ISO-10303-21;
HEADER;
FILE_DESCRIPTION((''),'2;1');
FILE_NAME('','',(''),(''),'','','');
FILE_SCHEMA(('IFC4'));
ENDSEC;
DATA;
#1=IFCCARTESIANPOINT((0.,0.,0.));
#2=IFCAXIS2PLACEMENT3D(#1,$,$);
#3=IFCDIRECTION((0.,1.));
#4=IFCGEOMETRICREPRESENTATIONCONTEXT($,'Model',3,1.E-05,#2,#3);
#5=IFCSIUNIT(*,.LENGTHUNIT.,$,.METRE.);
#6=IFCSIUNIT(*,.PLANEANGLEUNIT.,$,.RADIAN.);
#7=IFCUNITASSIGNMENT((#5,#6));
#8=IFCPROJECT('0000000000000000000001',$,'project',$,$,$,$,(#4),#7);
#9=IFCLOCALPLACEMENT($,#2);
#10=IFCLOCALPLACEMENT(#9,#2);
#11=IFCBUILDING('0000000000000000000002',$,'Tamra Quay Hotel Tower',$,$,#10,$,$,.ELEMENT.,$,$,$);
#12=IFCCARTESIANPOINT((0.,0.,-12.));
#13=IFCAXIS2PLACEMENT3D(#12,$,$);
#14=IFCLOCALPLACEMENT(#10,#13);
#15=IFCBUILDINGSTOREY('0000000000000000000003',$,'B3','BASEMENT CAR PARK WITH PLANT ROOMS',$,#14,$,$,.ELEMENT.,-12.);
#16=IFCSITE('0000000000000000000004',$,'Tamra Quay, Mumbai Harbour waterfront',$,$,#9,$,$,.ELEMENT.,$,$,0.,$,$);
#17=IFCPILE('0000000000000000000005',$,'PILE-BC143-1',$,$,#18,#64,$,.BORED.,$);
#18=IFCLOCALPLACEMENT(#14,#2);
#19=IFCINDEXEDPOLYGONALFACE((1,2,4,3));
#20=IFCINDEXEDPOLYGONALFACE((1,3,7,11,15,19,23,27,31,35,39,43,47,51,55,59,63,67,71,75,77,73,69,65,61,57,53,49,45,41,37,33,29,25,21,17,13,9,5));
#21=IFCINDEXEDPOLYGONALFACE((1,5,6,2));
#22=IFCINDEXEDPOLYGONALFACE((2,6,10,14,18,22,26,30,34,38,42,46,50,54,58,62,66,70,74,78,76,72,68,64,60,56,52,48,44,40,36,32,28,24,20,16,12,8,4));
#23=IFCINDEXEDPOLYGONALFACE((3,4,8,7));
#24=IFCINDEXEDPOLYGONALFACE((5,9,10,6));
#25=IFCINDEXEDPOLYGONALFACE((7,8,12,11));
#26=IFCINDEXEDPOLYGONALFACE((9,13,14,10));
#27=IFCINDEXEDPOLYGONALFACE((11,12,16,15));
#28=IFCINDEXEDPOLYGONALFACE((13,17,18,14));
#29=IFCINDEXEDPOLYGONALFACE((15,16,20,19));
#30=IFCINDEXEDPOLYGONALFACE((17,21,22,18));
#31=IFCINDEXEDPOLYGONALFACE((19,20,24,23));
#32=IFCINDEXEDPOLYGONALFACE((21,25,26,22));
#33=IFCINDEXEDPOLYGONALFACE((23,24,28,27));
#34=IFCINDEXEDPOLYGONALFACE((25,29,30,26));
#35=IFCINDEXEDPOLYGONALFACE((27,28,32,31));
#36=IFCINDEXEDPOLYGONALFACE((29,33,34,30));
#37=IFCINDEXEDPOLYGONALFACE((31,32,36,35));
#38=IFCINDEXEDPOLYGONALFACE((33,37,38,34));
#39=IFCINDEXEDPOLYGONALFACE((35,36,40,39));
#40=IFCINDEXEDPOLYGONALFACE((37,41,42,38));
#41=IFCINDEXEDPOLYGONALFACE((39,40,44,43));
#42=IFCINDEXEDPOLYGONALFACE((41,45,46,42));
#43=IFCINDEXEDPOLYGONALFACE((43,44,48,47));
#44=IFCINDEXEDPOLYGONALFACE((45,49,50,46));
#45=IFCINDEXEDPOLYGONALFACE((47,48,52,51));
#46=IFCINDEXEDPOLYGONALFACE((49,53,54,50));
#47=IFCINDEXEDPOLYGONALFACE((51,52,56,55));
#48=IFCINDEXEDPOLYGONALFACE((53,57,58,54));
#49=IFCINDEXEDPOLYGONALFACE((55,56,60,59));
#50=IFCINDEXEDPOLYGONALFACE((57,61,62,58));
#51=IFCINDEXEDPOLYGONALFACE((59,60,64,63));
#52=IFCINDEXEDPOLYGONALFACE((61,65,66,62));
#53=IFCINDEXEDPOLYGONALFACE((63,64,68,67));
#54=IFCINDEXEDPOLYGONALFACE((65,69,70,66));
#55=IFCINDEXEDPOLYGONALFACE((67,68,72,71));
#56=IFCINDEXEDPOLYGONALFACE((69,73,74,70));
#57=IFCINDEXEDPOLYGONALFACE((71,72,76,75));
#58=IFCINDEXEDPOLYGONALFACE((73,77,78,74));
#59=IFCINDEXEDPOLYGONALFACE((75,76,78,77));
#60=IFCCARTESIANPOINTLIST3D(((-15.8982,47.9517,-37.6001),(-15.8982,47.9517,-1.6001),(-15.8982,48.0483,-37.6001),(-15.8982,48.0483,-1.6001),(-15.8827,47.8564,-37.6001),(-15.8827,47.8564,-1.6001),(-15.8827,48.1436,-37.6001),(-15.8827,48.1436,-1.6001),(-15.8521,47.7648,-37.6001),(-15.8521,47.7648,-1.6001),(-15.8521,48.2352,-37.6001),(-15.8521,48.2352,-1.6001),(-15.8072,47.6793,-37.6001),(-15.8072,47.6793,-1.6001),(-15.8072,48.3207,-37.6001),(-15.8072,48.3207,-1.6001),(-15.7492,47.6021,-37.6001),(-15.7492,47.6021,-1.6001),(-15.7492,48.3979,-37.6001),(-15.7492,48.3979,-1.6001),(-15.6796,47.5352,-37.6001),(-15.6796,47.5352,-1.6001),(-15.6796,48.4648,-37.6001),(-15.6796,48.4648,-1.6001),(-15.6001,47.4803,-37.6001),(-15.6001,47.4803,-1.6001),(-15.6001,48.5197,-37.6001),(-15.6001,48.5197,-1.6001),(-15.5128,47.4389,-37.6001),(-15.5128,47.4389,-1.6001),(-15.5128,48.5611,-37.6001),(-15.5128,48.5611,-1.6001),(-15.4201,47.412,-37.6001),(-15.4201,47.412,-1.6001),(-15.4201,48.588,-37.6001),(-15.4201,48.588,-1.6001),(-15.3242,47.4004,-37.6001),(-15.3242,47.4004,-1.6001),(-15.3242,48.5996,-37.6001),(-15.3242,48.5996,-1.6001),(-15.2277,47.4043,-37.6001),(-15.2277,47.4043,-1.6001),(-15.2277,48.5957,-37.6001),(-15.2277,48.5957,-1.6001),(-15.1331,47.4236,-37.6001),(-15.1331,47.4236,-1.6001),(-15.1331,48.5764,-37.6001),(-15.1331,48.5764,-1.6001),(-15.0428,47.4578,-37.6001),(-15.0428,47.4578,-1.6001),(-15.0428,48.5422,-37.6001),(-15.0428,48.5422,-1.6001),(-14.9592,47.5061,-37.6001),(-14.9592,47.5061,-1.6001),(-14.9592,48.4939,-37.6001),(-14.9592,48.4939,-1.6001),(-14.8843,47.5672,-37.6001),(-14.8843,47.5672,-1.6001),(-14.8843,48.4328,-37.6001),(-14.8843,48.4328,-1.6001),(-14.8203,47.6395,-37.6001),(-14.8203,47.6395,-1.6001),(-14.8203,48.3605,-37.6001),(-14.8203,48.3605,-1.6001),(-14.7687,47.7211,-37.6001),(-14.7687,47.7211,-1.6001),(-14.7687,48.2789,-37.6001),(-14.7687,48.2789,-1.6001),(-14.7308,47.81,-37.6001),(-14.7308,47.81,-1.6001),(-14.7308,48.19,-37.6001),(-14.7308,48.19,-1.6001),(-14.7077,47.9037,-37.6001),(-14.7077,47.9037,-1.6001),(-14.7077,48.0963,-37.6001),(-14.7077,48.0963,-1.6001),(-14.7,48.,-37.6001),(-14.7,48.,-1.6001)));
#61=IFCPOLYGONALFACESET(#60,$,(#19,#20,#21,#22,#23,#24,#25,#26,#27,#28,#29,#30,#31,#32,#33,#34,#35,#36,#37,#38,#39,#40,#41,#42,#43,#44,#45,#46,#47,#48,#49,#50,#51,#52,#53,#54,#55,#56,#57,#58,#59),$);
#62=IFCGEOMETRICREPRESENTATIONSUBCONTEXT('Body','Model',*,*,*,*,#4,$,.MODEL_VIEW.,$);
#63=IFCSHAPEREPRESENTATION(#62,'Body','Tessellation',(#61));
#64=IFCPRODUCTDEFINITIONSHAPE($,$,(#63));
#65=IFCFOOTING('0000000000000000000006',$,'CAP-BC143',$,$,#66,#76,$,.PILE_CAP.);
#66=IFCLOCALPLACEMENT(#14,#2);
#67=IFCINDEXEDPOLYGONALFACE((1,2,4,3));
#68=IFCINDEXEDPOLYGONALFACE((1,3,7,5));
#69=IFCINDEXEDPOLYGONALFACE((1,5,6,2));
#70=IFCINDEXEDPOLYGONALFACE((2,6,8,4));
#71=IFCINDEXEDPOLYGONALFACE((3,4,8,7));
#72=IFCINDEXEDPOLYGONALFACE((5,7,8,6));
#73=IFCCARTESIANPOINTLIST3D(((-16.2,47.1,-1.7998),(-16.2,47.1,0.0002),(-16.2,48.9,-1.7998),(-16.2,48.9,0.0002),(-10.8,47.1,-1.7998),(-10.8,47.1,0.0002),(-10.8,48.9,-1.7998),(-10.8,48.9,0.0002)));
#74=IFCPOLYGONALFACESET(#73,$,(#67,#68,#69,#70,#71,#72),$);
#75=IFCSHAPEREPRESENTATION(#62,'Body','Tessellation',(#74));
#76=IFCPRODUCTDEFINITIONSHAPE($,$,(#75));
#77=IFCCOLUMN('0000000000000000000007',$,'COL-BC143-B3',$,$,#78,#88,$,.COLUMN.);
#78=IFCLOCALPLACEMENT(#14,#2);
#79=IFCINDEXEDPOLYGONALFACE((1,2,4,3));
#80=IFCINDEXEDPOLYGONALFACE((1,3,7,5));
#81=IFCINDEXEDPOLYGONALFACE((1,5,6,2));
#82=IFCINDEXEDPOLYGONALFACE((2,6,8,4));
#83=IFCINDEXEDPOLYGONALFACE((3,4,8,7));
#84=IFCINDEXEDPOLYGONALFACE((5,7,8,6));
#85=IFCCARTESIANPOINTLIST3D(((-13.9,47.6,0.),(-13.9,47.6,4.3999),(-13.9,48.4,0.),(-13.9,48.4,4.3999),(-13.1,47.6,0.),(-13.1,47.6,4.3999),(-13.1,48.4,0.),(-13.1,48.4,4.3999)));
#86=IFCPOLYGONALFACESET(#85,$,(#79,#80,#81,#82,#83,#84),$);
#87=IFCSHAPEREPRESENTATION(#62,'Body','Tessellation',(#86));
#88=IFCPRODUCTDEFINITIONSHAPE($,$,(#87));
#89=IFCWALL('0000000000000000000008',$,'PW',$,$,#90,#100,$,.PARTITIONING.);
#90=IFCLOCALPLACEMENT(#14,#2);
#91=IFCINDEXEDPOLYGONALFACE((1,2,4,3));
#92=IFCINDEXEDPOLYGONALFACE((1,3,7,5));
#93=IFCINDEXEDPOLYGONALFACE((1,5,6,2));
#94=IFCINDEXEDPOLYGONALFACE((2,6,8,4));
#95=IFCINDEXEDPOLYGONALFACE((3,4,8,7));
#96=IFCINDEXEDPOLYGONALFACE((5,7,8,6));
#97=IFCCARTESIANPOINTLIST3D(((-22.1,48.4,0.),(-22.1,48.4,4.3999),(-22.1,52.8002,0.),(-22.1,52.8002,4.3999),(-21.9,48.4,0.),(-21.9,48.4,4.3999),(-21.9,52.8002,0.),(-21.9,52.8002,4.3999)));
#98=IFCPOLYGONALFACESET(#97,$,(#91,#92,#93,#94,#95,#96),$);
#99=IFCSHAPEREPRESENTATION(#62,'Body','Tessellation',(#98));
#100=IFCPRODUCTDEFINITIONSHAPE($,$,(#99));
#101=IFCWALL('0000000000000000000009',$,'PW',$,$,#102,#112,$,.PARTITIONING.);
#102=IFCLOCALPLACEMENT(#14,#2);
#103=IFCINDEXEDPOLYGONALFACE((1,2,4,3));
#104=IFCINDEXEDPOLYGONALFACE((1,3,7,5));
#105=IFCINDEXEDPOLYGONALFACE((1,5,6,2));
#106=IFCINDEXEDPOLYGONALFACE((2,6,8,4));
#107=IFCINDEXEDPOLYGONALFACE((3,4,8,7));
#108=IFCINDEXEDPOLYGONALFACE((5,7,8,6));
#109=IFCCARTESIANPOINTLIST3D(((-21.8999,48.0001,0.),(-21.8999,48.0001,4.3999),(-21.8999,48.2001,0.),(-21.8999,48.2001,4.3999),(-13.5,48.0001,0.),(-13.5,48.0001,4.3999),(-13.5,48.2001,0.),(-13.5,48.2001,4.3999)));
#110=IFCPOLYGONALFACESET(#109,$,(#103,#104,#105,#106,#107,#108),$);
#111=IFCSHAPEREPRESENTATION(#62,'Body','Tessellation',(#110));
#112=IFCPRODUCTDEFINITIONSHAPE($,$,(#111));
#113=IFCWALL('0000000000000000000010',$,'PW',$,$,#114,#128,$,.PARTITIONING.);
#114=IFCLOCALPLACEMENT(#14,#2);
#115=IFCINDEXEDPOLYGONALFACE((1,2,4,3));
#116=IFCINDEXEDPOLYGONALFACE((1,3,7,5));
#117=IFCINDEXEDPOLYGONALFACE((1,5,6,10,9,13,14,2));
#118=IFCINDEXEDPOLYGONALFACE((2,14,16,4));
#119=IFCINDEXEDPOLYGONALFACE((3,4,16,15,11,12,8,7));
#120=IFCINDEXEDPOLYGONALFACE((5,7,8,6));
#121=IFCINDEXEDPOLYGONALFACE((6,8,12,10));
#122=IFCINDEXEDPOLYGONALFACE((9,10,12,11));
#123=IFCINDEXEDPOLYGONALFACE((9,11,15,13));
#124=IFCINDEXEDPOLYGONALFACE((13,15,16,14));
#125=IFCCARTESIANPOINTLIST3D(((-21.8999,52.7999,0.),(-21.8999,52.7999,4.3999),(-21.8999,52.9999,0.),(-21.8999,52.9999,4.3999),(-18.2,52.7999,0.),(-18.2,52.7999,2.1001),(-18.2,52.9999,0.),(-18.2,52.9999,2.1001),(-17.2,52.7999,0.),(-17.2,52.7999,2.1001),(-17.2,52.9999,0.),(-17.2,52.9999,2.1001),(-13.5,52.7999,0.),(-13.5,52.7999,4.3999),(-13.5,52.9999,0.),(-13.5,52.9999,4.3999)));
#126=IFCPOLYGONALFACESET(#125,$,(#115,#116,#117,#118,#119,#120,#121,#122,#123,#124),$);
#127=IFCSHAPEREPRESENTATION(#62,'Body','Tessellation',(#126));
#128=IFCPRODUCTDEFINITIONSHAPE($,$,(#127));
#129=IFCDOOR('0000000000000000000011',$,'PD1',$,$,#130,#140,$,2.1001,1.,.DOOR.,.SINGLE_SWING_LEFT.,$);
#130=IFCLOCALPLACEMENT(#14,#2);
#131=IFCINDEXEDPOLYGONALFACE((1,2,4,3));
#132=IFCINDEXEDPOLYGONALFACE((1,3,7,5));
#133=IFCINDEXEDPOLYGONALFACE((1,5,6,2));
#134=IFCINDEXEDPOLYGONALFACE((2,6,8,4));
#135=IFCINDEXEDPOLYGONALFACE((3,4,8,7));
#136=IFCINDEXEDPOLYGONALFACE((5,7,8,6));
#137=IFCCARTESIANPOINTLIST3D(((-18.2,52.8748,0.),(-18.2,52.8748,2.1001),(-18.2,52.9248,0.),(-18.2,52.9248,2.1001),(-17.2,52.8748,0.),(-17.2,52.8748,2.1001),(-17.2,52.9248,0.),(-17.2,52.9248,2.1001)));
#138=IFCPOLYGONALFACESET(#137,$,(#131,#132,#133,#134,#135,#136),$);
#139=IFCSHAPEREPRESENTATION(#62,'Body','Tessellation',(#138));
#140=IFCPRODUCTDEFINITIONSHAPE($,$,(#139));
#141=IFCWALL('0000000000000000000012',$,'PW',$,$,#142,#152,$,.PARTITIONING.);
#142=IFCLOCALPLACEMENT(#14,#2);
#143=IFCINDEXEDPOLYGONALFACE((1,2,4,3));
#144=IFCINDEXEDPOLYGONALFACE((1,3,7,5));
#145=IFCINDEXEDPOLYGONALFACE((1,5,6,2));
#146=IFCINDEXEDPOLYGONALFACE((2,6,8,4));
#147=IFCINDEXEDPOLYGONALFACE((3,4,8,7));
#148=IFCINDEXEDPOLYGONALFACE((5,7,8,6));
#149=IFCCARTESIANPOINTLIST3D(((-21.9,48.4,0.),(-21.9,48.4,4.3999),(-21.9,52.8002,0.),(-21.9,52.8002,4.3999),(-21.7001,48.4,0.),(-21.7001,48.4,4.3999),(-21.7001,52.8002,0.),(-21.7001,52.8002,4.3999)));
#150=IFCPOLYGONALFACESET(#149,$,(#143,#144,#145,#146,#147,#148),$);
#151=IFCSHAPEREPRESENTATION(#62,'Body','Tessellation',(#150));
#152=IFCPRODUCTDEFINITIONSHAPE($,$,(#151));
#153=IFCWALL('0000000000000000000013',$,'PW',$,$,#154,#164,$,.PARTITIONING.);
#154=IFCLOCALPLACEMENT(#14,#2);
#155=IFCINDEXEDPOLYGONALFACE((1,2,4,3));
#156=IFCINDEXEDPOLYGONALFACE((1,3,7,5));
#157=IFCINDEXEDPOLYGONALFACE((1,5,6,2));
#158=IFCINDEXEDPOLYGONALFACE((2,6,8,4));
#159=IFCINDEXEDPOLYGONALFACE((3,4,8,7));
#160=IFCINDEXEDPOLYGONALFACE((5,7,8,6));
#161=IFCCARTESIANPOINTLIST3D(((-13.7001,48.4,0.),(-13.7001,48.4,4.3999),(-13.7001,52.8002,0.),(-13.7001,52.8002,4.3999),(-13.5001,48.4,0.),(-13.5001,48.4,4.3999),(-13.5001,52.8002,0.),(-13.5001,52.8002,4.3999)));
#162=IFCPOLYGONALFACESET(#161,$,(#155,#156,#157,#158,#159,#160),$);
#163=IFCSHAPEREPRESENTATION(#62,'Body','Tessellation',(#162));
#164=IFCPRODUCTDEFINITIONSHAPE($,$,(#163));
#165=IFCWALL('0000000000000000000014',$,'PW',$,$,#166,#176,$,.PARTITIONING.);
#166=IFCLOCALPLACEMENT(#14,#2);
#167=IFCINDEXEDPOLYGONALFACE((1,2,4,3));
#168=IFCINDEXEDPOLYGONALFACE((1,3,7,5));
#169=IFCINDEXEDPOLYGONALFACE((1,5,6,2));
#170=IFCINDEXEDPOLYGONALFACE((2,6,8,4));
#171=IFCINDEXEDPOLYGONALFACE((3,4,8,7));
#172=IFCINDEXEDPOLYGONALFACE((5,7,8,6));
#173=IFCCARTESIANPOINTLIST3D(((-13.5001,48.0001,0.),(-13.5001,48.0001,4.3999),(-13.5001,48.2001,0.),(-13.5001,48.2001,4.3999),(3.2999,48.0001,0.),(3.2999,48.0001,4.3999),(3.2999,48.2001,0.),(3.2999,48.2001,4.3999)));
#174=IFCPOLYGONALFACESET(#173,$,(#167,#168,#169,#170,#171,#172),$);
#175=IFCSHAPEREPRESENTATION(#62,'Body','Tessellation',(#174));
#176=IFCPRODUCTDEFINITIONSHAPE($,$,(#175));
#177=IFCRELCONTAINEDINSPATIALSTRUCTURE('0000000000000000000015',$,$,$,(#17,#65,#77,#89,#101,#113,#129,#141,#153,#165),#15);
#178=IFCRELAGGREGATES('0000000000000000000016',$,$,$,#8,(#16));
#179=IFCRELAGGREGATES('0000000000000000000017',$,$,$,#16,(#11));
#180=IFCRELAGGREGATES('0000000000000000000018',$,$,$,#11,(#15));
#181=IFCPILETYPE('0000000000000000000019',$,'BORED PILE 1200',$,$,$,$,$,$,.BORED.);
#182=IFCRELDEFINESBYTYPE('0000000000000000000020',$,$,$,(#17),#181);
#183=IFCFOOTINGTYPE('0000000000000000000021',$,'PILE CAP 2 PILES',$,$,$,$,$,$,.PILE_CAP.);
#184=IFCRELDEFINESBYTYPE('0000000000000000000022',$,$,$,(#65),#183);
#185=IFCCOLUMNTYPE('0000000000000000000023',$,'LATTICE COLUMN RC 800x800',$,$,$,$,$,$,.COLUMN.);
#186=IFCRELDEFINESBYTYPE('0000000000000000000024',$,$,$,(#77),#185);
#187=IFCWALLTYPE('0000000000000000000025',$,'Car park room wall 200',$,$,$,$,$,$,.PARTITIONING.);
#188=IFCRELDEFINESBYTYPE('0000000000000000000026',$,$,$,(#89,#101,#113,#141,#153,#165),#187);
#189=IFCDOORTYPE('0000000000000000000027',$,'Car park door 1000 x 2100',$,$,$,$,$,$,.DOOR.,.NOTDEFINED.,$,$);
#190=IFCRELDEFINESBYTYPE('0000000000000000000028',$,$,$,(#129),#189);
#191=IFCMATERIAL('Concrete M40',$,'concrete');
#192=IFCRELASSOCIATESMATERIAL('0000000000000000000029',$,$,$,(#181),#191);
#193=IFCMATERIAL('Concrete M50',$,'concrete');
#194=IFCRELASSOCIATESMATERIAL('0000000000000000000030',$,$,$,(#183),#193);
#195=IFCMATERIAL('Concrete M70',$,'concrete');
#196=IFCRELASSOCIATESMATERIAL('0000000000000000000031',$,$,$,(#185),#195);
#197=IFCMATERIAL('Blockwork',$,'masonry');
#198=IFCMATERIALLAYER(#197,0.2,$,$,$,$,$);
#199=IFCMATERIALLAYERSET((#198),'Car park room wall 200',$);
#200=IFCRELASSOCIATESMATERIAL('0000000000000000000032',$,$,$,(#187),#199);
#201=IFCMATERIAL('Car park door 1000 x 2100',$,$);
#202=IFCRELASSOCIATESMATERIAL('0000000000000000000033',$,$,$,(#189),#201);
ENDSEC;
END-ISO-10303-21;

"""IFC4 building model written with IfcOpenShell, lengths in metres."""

from ifc_helpers import new_model, si_unit, direction, frame, frame_2d, origin, origin_2d, place, context, subcontext, project, spatial, rectangle, circle, extrude, material, layer, layer_set, material_profile, profile_set, type_object, element, fill, save


model = new_model("IFC4")

# Units and contexts
model_context = context("Model", 3, precision=1e-05, world=origin(), true_north=direction((0.0, 1.0)))
body_context = subcontext(model_context, "Body", "Model", "MODEL_VIEW")
ifc_project = project(units=[si_unit("LENGTHUNIT", "METRE"), si_unit("PLANEANGLEUNIT", "RADIAN")], contexts=[model_context])

# Site, building, storey
site_placement = place(None, origin())
site = spatial("IfcSite", under=ifc_project, at=site_placement, Name="Tamra Quay, Mumbai Harbour waterfront", CompositionType="ELEMENT", RefElevation=0.0)
building_placement = place(site_placement, origin())
building = spatial("IfcBuilding", under=site, at=building_placement, Name="Tamra Quay Hotel Tower", CompositionType="ELEMENT")
storey_placement = place(building_placement, frame((0.0, 0.0, -12.0)))
storey = spatial("IfcBuildingStorey", under=building, at=storey_placement, Name="B3", Description="BASEMENT CAR PARK WITH PLANT ROOMS", CompositionType="ELEMENT", Elevation=-12.0)

# Pile
ifc_material_1 = material(Name="Concrete M40", Category="concrete")
ifc_material_profile_1 = material_profile(ifc_material_1, circle(Radius=0.6001, at=origin_2d()), Name="BORED PILE 1200")
ifc_profile_set_1 = profile_set([ifc_material_profile_1], Name="Concrete M40")
pile_type = type_object("IfcPileType", Name="BORED PILE 1200", PredefinedType="BORED", material=ifc_profile_set_1)
pile_placement = place(storey_placement, frame((-15.3, 48.0, -1.6001), z_axis=(0.0, 0.0, -1.0), x_axis=(1.0, 0.0, 0.0)))
element("IfcPile", 1, at=pile_placement, inside=storey, type_object=pile_type, Name="PILE-BC143-1", PredefinedType="BORED", context=body_context, shape_type="SweptSolid", body=[
    extrude(circle(Radius=0.6001, at=origin_2d()), origin(), (0.0, 0.0, 1.0), 36.0),
])

# Footing
ifc_material_2 = material(Name="Concrete M50", Category="concrete")
footing_type = type_object("IfcFootingType", Name="PILE CAP 2 PILES", PredefinedType="PILE_CAP", material=ifc_material_2)
footing_placement = place(storey_placement, frame((-13.5, 48.0, -1.7998), z_axis=(0.0, 0.0, 1.0), x_axis=(1.0, 0.0, 0.0)))
element("IfcFooting", 2, at=footing_placement, inside=storey, type_object=footing_type, Name="CAP-BC143", PredefinedType="PILE_CAP", context=body_context, shape_type="SweptSolid", body=[
    extrude(rectangle(XDim=5.3999, YDim=1.8, at=origin_2d()), origin(), (0.0, 0.0, 1.0), 1.8),
])

# Column
ifc_material_3 = material(Name="Concrete M70", Category="concrete")
ifc_material_profile_2 = material_profile(ifc_material_3, rectangle(XDim=0.8, YDim=0.8, at=origin_2d()), Name="LATTICE COLUMN RC 800x800")
ifc_profile_set_2 = profile_set([ifc_material_profile_2], Name="Concrete M70")
column_type = type_object("IfcColumnType", Name="LATTICE COLUMN RC 800x800", PredefinedType="COLUMN", material=ifc_profile_set_2)
column_placement = place(storey_placement, frame((-13.5, 48.0, 0.0), z_axis=(0.0, 0.0, 1.0), x_axis=(1.0, 0.0, 0.0)))
element("IfcColumn", 3, at=column_placement, inside=storey, type_object=column_type, Name="COL-BC143-B3", PredefinedType="COLUMN", context=body_context, shape_type="SweptSolid", body=[
    extrude(rectangle(XDim=0.8, YDim=0.8, at=origin_2d()), origin(), (0.0, 0.0, 1.0), 4.3999),
])

# Walls
ifc_material_4 = material(Name="Blockwork", Category="masonry")
ifc_layer_1 = layer(ifc_material_4, 0.2)
ifc_layer_set_1 = layer_set([ifc_layer_1], Name="Car park room wall 200")
wall_type_1 = type_object("IfcWallType", Name="Car park room wall 200", PredefinedType="PARTITIONING", material=ifc_layer_set_1)
wall_1_placement = place(storey_placement, frame((-22.0, 48.3999, 0.0), z_axis=(0.0, 0.0, 1.0), x_axis=(0.0, 1.0, 0.0)))
element("IfcWall", 4, at=wall_1_placement, inside=storey, type_object=wall_type_1, Name="PW", PredefinedType="PARTITIONING", context=body_context, shape_type="SweptSolid", body=[
    extrude(rectangle(XDim=4.4001, YDim=0.2, at=frame_2d((2.2002, 0.0))), origin(), (0.0, 0.0, 1.0), 4.3999),
])
wall_2_placement = place(storey_placement, frame((-21.8999, 48.1001, 0.0), z_axis=(0.0, 0.0, 1.0), x_axis=(1.0, 0.0, 0.0)))
element("IfcWall", 5, at=wall_2_placement, inside=storey, type_object=wall_type_1, Name="PW", PredefinedType="PARTITIONING", context=body_context, shape_type="SweptSolid", body=[
    extrude(rectangle(XDim=8.3999, YDim=0.2, at=frame_2d((4.2, 0.0))), origin(), (0.0, 0.0, 1.0), 4.3999),
])

# Wall, opening, door
wall_3_placement = place(storey_placement, frame((-21.8999, 52.8999, 0.0), z_axis=(0.0, 0.0, 1.0), x_axis=(1.0, 0.0, 0.0)))
wall_3 = element("IfcWall", 6, at=wall_3_placement, inside=storey, type_object=wall_type_1, Name="PW", PredefinedType="PARTITIONING", context=body_context, shape_type="SweptSolid", body=[
    extrude(rectangle(XDim=8.3999, YDim=0.2, at=frame_2d((4.2, 0.0))), origin(), (0.0, 0.0, 1.0), 4.3999),
])
opening_1_placement = place(wall_3_placement, frame((3.7, 0.0, 0.0)))
opening_1 = element("IfcOpeningElement", 7, at=opening_1_placement, cuts=wall_3, PredefinedType="OPENING", context=body_context, shape_type="SweptSolid", body=[
    extrude(rectangle(XDim=1.0, YDim=2.1001, at=frame_2d((0.5, 1.05))), frame((0.0, 0.1099, 0.0), z_axis=(0.0, -1.0, 0.0), x_axis=(1.0, 0.0, 0.0)), (0.0, 0.0, 1.0), 0.22),
])
ifc_material_5 = material(Name="Car park door 1000 x 2100")
door_type_1 = type_object("IfcDoorType", Name="Car park door 1000 x 2100", OperationType="NOTDEFINED", PredefinedType="DOOR", material=ifc_material_5)
door_1_placement = place(opening_1_placement, origin())
door_1 = element("IfcDoor", 8, at=door_1_placement, inside=storey, type_object=door_type_1, Name="PD1", OperationType="SINGLE_SWING_LEFT", OverallHeight=2.1001, OverallWidth=1.0, PredefinedType="DOOR", context=body_context, shape_type="SweptSolid", body=[
    extrude(rectangle(XDim=1.0, YDim=2.1001, at=frame_2d((0.5, 1.05))), frame((0.0, 0.0249, 0.0), z_axis=(0.0, -1.0, 0.0), x_axis=(1.0, 0.0, 0.0)), (0.0, 0.0, 1.0), 0.05),
])
fill(opening_1, door_1)

# Walls
for number, where, z_axis, x_axis, name in (
    (9, (-21.8, 48.3999, 0.0), (0.0, 0.0, 1.0), (0.0, 1.0, 0.0), "PW"),
    (10, (-13.6001, 48.3999, 0.0), (0.0, 0.0, 1.0), (0.0, 1.0, 0.0), "PW"),
):
    element("IfcWall", number, at=place(storey_placement, frame(where, z_axis=z_axis, x_axis=x_axis)), inside=storey, type_object=wall_type_1, Name=name, PredefinedType="PARTITIONING", context=body_context, shape_type="SweptSolid", body=[
        extrude(rectangle(XDim=4.4001, YDim=0.2, at=frame_2d((2.2002, 0.0))), origin(), (0.0, 0.0, 1.0), 4.3999),
    ])
wall_4_placement = place(storey_placement, frame((-13.5, 48.1001, 0.0), z_axis=(0.0, 0.0, 1.0), x_axis=(1.0, 0.0, 0.0)))
element("IfcWall", 11, at=wall_4_placement, inside=storey, type_object=wall_type_1, Name="PW", PredefinedType="PARTITIONING", context=body_context, shape_type="SweptSolid", body=[
    extrude(rectangle(XDim=16.8, YDim=0.2, at=frame_2d((8.3999, 0.0))), origin(), (0.0, 0.0, 1.0), 4.3999),
])

save(model, "model.ifc")
